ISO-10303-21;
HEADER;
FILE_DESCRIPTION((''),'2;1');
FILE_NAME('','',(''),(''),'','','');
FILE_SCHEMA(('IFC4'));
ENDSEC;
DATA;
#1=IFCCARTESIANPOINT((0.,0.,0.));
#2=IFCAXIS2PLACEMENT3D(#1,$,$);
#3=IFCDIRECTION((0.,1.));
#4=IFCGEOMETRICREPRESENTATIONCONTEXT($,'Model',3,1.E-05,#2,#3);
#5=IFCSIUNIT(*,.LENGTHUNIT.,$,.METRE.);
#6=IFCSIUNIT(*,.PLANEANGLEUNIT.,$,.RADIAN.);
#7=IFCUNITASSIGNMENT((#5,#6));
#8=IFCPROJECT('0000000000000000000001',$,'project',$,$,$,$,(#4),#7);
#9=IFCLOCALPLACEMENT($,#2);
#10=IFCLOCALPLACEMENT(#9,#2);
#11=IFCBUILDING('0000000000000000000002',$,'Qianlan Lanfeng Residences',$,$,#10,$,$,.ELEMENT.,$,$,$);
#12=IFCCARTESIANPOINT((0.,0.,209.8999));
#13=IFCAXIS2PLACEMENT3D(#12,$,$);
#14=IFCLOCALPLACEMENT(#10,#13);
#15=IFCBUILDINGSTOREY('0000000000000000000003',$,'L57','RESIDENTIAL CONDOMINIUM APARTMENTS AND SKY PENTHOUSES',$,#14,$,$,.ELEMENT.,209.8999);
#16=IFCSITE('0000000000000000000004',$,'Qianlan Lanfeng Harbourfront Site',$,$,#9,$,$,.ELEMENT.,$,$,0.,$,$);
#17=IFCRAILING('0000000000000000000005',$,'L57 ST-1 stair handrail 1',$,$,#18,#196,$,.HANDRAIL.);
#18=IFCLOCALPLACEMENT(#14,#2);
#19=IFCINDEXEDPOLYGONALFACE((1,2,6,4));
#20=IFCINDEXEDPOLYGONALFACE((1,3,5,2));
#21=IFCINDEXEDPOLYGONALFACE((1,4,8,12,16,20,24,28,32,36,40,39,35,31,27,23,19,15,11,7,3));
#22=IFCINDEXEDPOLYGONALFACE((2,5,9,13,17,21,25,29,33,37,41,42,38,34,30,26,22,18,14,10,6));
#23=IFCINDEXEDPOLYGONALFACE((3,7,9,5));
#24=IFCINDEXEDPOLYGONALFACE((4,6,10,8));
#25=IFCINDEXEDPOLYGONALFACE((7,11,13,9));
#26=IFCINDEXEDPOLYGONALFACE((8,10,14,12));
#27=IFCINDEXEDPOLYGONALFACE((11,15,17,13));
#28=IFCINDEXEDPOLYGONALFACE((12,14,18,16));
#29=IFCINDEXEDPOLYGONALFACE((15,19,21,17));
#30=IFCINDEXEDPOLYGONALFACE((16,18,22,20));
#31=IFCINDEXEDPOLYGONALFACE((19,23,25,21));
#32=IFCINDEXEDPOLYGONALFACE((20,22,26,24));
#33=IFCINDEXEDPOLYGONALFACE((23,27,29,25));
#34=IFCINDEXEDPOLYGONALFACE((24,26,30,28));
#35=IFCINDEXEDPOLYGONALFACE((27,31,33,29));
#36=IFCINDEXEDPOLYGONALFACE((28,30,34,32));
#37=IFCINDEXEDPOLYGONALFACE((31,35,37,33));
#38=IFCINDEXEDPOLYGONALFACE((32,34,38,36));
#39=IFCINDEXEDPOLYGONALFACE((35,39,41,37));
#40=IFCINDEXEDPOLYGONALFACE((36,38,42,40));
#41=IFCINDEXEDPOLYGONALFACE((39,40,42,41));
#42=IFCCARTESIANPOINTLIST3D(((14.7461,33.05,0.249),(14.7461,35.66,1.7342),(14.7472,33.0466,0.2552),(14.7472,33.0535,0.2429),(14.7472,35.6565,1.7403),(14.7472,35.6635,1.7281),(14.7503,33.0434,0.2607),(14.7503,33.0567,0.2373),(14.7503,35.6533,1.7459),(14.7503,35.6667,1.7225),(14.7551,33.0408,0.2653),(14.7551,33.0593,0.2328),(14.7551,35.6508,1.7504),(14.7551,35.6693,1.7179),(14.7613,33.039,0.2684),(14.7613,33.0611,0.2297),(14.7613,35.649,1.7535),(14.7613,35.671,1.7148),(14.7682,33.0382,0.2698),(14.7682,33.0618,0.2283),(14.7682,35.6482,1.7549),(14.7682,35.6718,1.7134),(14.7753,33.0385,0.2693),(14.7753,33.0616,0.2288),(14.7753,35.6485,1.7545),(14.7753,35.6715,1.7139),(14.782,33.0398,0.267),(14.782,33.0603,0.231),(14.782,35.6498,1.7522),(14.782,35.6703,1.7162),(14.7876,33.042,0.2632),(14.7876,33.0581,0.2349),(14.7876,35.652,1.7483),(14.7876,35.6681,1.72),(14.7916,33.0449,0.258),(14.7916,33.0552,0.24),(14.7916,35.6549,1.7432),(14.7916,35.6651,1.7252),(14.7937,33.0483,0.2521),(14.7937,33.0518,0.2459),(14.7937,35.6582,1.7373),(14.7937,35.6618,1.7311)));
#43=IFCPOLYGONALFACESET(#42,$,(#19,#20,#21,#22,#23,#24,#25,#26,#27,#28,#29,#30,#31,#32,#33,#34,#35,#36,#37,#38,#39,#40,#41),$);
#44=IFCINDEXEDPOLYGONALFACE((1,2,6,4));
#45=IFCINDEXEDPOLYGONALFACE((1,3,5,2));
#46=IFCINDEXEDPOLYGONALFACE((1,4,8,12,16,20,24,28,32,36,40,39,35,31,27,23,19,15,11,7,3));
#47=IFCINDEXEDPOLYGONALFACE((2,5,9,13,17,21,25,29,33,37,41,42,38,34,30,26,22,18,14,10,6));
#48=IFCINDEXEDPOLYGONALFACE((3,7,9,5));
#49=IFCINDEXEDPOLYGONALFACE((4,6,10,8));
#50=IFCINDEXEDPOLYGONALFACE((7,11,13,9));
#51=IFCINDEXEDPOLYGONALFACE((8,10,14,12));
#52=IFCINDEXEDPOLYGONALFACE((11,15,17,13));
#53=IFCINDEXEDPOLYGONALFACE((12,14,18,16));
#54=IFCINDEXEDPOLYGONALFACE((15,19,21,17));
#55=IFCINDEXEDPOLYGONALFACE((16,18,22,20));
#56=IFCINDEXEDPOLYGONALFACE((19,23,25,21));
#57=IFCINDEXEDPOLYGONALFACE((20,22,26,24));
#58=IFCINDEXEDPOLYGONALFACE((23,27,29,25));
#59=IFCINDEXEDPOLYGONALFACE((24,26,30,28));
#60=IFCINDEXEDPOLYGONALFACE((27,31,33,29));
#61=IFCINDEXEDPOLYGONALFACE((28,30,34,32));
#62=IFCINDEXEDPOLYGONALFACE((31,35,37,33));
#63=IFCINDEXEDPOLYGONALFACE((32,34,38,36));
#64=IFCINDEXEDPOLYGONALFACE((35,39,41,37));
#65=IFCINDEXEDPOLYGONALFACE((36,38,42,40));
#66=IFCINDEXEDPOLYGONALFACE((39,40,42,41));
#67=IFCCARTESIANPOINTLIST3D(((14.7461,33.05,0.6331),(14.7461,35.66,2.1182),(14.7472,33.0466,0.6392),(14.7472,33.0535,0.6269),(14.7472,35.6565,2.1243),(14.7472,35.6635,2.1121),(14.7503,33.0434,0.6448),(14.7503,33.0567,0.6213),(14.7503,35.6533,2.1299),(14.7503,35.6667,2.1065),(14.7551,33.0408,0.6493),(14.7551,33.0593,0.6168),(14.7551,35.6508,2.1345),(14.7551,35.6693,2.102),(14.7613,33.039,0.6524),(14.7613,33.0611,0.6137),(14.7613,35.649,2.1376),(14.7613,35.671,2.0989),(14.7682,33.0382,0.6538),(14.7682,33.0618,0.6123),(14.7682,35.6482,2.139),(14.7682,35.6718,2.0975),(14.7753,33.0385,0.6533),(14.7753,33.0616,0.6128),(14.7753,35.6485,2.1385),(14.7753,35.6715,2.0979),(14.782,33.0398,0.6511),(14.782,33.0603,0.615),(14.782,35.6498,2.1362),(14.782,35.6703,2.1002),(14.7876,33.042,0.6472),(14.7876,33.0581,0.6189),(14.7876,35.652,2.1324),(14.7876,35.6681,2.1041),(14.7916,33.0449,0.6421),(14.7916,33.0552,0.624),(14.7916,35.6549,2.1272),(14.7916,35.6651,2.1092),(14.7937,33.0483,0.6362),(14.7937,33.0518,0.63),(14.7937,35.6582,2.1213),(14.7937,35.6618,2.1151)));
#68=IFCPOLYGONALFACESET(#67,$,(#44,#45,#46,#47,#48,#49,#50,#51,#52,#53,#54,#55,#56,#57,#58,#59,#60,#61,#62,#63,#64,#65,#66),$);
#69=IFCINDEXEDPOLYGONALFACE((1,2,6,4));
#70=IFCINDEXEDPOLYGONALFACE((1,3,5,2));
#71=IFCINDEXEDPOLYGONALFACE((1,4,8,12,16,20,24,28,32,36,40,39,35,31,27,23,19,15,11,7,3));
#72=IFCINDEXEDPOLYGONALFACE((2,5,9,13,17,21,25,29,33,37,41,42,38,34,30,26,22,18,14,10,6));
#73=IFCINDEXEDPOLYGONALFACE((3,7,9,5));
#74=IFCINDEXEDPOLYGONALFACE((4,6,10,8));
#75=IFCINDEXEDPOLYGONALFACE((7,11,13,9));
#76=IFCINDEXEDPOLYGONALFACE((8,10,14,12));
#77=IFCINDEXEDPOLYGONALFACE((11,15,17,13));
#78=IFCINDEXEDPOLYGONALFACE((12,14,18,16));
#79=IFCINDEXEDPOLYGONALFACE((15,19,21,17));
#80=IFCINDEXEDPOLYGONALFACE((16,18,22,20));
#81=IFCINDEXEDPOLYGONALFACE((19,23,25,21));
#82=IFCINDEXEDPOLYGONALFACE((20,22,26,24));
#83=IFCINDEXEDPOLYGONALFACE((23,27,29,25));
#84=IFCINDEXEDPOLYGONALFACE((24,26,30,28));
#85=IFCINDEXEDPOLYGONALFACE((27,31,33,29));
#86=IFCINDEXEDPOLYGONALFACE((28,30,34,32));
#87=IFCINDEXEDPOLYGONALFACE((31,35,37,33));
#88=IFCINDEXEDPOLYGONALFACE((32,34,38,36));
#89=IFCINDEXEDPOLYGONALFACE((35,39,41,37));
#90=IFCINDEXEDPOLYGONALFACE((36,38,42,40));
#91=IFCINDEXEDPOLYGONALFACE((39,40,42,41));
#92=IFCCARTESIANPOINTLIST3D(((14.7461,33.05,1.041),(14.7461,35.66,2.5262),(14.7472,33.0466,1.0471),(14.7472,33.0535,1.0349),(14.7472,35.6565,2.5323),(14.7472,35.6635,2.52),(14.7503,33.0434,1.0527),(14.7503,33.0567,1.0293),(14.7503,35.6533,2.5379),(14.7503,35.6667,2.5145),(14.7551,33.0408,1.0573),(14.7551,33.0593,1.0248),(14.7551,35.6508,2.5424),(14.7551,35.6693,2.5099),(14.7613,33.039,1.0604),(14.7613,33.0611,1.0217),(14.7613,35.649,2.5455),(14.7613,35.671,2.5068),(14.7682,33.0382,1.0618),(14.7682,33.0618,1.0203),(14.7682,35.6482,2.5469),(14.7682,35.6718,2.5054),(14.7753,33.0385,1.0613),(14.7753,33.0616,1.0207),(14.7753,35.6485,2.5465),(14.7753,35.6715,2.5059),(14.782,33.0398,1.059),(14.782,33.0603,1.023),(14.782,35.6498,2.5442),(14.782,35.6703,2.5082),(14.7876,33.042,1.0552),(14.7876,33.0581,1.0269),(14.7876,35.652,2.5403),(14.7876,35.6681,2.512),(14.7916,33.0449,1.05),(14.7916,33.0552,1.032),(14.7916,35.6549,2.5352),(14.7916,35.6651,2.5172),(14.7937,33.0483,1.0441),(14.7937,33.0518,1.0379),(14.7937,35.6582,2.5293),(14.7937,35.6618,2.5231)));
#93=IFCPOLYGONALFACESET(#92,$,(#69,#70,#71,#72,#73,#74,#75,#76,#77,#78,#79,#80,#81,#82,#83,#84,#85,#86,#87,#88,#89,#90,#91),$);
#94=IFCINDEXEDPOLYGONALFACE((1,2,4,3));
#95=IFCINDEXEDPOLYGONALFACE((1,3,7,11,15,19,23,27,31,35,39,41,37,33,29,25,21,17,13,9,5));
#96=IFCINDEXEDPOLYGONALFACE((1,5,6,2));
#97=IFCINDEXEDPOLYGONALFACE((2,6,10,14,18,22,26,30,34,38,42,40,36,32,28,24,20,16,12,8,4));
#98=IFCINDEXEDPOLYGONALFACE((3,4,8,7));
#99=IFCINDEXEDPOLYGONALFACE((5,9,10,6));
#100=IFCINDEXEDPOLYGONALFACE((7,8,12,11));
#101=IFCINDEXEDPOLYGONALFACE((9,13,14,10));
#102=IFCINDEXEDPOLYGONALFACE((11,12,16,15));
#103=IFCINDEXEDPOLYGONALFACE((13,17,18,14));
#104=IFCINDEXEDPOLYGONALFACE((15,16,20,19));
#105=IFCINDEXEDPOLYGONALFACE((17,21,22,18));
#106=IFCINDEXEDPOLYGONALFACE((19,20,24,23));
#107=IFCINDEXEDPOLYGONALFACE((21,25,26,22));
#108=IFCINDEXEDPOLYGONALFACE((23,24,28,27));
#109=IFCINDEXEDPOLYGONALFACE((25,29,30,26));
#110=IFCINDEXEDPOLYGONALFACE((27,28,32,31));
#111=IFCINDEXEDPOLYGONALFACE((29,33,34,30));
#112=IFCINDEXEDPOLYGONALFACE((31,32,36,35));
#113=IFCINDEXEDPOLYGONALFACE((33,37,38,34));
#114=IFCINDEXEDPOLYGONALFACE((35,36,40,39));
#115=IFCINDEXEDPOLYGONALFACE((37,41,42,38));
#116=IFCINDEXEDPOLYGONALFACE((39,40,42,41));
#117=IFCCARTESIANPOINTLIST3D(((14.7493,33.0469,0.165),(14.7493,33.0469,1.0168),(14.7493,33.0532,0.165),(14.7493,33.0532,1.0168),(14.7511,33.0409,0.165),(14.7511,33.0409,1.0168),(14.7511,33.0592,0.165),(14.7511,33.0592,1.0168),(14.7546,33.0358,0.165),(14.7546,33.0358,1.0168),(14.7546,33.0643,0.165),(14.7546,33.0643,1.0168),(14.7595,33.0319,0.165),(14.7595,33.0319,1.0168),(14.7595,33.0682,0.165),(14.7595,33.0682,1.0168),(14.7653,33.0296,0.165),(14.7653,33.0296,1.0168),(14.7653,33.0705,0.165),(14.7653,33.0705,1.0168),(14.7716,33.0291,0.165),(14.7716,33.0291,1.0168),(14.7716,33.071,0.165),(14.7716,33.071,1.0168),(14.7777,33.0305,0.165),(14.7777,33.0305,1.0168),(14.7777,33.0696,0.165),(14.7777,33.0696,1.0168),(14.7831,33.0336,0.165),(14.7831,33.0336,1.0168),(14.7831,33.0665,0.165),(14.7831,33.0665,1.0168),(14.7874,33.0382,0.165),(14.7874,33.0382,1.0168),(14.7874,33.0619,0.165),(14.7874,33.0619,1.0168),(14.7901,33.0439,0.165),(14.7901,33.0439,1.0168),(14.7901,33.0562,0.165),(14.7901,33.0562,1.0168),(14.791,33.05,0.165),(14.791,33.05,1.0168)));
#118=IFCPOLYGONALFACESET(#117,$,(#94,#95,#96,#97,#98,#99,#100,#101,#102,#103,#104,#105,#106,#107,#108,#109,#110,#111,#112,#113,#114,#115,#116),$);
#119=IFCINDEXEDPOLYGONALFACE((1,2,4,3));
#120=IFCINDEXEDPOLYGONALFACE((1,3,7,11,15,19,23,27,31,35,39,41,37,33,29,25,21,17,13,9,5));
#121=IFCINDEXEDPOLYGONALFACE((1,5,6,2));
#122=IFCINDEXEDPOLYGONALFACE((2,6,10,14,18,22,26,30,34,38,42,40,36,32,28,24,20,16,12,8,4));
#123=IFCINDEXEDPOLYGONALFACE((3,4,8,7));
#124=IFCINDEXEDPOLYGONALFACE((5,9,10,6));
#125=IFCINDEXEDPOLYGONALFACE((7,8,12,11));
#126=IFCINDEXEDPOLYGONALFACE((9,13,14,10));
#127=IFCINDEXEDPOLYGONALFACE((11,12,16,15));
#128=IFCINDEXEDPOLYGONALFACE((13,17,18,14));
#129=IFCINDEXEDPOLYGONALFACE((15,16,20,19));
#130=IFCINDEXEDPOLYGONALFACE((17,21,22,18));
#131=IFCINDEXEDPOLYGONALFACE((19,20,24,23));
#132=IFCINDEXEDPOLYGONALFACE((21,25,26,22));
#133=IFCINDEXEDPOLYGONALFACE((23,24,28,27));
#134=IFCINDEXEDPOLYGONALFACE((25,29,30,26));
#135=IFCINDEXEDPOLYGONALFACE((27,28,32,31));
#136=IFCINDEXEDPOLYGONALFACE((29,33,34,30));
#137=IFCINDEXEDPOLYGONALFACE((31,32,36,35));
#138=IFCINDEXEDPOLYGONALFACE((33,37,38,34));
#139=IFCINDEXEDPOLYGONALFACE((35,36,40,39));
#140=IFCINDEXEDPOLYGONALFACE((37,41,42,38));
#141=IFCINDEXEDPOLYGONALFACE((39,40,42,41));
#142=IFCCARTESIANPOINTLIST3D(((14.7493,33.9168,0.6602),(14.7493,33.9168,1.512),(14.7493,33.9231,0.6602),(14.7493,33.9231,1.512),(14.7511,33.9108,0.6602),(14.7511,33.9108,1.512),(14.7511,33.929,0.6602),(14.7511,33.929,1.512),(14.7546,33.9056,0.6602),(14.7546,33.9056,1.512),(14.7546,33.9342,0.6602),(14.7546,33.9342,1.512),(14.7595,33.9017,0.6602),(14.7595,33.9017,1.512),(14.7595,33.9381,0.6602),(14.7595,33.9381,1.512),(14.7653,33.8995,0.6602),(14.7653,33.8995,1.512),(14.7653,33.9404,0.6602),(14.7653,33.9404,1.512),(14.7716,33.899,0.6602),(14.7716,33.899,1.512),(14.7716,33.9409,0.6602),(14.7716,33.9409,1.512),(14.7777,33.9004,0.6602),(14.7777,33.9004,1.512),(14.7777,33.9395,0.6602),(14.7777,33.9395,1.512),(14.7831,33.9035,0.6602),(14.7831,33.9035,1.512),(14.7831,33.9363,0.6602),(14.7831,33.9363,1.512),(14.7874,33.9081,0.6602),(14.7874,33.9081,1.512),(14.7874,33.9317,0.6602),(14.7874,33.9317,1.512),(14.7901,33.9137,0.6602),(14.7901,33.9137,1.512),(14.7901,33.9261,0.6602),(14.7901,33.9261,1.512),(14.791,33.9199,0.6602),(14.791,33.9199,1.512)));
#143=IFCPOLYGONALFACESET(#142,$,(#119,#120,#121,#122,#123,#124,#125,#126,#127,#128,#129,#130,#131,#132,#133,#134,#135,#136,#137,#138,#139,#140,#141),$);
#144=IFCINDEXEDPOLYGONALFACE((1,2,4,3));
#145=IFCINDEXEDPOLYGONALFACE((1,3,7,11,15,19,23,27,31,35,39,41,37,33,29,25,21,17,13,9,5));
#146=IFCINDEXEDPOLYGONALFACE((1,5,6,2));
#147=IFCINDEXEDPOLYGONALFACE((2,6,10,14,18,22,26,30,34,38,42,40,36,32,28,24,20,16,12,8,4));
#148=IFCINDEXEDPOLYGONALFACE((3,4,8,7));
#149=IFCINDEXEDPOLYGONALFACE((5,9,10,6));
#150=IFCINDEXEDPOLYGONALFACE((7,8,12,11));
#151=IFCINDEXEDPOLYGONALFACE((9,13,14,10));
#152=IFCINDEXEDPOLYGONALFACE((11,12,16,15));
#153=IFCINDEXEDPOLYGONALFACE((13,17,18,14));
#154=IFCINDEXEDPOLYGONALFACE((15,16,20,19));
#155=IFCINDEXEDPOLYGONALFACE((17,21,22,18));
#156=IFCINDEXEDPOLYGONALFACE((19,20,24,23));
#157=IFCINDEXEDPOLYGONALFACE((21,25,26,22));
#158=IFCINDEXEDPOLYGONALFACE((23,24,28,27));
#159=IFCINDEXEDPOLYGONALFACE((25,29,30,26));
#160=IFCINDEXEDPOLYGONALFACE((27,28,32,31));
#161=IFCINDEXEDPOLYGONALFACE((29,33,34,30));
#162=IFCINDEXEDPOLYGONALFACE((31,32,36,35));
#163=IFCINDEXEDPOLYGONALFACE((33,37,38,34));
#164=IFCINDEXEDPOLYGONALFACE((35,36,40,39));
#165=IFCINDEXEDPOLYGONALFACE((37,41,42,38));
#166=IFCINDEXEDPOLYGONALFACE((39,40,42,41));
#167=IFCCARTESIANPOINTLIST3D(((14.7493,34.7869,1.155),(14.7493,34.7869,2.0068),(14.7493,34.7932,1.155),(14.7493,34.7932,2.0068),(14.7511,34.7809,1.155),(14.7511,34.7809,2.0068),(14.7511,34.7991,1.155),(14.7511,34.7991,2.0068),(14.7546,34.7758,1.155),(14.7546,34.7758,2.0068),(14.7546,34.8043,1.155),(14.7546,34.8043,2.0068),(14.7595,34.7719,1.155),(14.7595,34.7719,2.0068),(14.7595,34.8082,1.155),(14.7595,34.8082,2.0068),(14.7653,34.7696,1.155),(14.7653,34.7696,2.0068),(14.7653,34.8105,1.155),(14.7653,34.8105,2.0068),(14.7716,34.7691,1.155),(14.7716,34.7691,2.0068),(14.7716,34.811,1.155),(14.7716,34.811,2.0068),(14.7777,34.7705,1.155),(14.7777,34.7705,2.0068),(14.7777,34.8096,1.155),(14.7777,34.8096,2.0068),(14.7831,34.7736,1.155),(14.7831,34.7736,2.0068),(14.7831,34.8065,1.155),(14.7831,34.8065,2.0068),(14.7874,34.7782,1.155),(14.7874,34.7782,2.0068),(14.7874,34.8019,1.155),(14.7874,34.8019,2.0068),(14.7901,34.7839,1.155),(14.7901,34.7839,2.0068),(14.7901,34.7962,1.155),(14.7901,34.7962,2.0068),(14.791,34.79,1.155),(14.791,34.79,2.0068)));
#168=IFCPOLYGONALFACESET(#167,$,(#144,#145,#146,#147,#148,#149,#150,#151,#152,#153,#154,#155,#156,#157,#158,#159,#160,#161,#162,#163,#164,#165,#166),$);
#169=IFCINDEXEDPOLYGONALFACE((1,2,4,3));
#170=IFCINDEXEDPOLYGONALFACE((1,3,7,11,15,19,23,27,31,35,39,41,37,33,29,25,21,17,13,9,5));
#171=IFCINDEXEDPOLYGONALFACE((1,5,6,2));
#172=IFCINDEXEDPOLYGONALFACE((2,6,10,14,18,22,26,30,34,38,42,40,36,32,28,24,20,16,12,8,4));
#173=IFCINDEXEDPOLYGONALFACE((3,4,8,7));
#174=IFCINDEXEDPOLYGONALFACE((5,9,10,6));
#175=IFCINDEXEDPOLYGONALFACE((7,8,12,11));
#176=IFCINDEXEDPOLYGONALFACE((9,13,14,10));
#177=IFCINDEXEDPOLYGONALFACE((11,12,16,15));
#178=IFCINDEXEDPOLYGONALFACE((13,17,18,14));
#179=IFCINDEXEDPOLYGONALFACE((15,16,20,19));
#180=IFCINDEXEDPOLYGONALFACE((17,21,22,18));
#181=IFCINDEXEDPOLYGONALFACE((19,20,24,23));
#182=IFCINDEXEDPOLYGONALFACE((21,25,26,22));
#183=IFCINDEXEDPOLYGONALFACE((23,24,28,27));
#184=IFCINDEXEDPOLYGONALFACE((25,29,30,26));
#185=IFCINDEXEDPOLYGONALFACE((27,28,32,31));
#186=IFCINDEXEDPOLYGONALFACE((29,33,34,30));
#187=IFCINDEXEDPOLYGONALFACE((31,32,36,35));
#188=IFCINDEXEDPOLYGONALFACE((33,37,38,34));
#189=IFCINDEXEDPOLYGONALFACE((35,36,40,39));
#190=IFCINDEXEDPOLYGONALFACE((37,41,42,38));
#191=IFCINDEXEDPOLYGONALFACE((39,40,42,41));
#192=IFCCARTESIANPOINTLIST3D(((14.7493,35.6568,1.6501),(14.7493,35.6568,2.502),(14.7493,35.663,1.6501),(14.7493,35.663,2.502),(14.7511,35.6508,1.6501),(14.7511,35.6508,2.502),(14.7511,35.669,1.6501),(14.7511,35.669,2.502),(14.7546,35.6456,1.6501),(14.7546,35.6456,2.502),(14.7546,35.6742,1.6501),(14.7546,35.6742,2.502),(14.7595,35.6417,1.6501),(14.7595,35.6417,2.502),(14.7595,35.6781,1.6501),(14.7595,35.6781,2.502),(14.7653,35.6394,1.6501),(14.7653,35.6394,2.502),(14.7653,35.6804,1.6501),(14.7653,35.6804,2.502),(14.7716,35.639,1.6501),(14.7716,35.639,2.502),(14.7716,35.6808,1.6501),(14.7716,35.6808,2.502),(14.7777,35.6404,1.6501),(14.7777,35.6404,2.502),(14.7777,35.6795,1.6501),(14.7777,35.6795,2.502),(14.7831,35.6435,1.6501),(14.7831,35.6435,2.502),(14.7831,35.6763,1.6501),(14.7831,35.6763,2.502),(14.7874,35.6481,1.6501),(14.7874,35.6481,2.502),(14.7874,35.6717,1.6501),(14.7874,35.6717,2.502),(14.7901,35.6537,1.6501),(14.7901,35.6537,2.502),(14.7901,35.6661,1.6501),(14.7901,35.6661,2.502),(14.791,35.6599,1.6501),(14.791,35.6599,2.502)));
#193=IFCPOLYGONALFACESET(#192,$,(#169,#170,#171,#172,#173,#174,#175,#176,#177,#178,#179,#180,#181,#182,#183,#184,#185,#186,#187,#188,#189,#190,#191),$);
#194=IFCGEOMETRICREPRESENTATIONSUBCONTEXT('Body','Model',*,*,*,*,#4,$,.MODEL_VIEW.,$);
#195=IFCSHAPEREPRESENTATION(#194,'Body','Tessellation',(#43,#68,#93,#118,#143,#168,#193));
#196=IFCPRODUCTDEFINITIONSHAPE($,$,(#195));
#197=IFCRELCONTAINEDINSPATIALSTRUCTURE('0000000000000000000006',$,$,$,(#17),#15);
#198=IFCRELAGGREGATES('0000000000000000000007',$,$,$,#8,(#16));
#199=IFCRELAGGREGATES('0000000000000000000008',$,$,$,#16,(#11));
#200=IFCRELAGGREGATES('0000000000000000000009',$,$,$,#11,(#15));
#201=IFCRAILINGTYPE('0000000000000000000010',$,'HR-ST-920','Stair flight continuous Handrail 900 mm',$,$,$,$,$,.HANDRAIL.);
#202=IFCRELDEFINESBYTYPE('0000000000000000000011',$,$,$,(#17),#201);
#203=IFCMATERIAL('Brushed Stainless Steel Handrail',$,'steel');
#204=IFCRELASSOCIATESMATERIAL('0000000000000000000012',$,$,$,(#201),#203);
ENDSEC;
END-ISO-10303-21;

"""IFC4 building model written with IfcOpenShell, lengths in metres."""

from ifc_helpers import new_model, si_unit, direction, frame, origin, origin_2d, place, context, subcontext, project, spatial, circle, extrude, material, type_object, element, save


model = new_model("IFC4")

# Units and contexts
model_context = context("Model", 3, precision=1e-05, world=origin(), true_north=direction((0.0, 1.0)))
body_context = subcontext(model_context, "Body", "Model", "MODEL_VIEW")
ifc_project = project(units=[si_unit("LENGTHUNIT", "METRE"), si_unit("PLANEANGLEUNIT", "RADIAN")], contexts=[model_context])

# Site, building, storey
site_placement = place(None, origin())
site = spatial("IfcSite", under=ifc_project, at=site_placement, Name="Qianlan Lanfeng Harbourfront Site", CompositionType="ELEMENT", RefElevation=0.0)
building_placement = place(site_placement, origin())
building = spatial("IfcBuilding", under=site, at=building_placement, Name="Qianlan Lanfeng Residences", CompositionType="ELEMENT")
storey_placement = place(building_placement, frame((0.0, 0.0, 209.8999)))
storey = spatial("IfcBuildingStorey", under=building, at=storey_placement, Name="L57", Description="RESIDENTIAL CONDOMINIUM APARTMENTS AND SKY PENTHOUSES", CompositionType="ELEMENT", Elevation=209.8999)

# Railing
ifc_material_1 = material(Name="Brushed Stainless Steel Handrail", Category="steel")
railing_type_1 = type_object("IfcRailingType", Name="HR-ST-920", Description="Stair flight continuous Handrail 900 mm", PredefinedType="HANDRAIL", material=ifc_material_1)
railing_1_placement = place(storey_placement, frame((14.77, 33.05, 0.165)))
element("IfcRailing", 1, at=railing_1_placement, inside=storey, type_object=railing_type_1, Name="L57 ST-1 stair handrail 1", PredefinedType="HANDRAIL", context=body_context, shape_type="SweptSolid", body=[
    extrude(circle(Radius=0.0239, at=origin_2d()), frame((0.0, 0.0, 0.084), z_axis=(0.0, 0.869137, 0.494571), x_axis=(-1.0, 0.0, 0.0)), (0.0, 0.0, 1.0), 3.0029),
    extrude(circle(Radius=0.0239, at=origin_2d()), frame((0.0, 0.0, 0.468), z_axis=(0.0, 0.869137, 0.494571), x_axis=(-1.0, 0.0, 0.0)), (0.0, 0.0, 1.0), 3.0029),
    extrude(circle(Radius=0.0239, at=origin_2d()), frame((0.0, 0.0, 0.876), z_axis=(0.0, 0.869137, 0.494571), x_axis=(-1.0, 0.0, 0.0)), (0.0, 0.0, 1.0), 3.0029),
    extrude(circle(Radius=0.021, at=origin_2d()), origin(), (0.0, 0.0, 1.0), 0.8518),
    extrude(circle(Radius=0.021, at=origin_2d()), frame((0.0, 0.8699, 0.4951)), (0.0, 0.0, 1.0), 0.8518),
    extrude(circle(Radius=0.021, at=origin_2d()), frame((0.0, 1.74, 0.99)), (0.0, 0.0, 1.0), 0.8518),
    extrude(circle(Radius=0.021, at=origin_2d()), frame((0.0, 2.6099, 1.4851)), (0.0, 0.0, 1.0), 0.8518),
])

save(model, "model.ifc")
